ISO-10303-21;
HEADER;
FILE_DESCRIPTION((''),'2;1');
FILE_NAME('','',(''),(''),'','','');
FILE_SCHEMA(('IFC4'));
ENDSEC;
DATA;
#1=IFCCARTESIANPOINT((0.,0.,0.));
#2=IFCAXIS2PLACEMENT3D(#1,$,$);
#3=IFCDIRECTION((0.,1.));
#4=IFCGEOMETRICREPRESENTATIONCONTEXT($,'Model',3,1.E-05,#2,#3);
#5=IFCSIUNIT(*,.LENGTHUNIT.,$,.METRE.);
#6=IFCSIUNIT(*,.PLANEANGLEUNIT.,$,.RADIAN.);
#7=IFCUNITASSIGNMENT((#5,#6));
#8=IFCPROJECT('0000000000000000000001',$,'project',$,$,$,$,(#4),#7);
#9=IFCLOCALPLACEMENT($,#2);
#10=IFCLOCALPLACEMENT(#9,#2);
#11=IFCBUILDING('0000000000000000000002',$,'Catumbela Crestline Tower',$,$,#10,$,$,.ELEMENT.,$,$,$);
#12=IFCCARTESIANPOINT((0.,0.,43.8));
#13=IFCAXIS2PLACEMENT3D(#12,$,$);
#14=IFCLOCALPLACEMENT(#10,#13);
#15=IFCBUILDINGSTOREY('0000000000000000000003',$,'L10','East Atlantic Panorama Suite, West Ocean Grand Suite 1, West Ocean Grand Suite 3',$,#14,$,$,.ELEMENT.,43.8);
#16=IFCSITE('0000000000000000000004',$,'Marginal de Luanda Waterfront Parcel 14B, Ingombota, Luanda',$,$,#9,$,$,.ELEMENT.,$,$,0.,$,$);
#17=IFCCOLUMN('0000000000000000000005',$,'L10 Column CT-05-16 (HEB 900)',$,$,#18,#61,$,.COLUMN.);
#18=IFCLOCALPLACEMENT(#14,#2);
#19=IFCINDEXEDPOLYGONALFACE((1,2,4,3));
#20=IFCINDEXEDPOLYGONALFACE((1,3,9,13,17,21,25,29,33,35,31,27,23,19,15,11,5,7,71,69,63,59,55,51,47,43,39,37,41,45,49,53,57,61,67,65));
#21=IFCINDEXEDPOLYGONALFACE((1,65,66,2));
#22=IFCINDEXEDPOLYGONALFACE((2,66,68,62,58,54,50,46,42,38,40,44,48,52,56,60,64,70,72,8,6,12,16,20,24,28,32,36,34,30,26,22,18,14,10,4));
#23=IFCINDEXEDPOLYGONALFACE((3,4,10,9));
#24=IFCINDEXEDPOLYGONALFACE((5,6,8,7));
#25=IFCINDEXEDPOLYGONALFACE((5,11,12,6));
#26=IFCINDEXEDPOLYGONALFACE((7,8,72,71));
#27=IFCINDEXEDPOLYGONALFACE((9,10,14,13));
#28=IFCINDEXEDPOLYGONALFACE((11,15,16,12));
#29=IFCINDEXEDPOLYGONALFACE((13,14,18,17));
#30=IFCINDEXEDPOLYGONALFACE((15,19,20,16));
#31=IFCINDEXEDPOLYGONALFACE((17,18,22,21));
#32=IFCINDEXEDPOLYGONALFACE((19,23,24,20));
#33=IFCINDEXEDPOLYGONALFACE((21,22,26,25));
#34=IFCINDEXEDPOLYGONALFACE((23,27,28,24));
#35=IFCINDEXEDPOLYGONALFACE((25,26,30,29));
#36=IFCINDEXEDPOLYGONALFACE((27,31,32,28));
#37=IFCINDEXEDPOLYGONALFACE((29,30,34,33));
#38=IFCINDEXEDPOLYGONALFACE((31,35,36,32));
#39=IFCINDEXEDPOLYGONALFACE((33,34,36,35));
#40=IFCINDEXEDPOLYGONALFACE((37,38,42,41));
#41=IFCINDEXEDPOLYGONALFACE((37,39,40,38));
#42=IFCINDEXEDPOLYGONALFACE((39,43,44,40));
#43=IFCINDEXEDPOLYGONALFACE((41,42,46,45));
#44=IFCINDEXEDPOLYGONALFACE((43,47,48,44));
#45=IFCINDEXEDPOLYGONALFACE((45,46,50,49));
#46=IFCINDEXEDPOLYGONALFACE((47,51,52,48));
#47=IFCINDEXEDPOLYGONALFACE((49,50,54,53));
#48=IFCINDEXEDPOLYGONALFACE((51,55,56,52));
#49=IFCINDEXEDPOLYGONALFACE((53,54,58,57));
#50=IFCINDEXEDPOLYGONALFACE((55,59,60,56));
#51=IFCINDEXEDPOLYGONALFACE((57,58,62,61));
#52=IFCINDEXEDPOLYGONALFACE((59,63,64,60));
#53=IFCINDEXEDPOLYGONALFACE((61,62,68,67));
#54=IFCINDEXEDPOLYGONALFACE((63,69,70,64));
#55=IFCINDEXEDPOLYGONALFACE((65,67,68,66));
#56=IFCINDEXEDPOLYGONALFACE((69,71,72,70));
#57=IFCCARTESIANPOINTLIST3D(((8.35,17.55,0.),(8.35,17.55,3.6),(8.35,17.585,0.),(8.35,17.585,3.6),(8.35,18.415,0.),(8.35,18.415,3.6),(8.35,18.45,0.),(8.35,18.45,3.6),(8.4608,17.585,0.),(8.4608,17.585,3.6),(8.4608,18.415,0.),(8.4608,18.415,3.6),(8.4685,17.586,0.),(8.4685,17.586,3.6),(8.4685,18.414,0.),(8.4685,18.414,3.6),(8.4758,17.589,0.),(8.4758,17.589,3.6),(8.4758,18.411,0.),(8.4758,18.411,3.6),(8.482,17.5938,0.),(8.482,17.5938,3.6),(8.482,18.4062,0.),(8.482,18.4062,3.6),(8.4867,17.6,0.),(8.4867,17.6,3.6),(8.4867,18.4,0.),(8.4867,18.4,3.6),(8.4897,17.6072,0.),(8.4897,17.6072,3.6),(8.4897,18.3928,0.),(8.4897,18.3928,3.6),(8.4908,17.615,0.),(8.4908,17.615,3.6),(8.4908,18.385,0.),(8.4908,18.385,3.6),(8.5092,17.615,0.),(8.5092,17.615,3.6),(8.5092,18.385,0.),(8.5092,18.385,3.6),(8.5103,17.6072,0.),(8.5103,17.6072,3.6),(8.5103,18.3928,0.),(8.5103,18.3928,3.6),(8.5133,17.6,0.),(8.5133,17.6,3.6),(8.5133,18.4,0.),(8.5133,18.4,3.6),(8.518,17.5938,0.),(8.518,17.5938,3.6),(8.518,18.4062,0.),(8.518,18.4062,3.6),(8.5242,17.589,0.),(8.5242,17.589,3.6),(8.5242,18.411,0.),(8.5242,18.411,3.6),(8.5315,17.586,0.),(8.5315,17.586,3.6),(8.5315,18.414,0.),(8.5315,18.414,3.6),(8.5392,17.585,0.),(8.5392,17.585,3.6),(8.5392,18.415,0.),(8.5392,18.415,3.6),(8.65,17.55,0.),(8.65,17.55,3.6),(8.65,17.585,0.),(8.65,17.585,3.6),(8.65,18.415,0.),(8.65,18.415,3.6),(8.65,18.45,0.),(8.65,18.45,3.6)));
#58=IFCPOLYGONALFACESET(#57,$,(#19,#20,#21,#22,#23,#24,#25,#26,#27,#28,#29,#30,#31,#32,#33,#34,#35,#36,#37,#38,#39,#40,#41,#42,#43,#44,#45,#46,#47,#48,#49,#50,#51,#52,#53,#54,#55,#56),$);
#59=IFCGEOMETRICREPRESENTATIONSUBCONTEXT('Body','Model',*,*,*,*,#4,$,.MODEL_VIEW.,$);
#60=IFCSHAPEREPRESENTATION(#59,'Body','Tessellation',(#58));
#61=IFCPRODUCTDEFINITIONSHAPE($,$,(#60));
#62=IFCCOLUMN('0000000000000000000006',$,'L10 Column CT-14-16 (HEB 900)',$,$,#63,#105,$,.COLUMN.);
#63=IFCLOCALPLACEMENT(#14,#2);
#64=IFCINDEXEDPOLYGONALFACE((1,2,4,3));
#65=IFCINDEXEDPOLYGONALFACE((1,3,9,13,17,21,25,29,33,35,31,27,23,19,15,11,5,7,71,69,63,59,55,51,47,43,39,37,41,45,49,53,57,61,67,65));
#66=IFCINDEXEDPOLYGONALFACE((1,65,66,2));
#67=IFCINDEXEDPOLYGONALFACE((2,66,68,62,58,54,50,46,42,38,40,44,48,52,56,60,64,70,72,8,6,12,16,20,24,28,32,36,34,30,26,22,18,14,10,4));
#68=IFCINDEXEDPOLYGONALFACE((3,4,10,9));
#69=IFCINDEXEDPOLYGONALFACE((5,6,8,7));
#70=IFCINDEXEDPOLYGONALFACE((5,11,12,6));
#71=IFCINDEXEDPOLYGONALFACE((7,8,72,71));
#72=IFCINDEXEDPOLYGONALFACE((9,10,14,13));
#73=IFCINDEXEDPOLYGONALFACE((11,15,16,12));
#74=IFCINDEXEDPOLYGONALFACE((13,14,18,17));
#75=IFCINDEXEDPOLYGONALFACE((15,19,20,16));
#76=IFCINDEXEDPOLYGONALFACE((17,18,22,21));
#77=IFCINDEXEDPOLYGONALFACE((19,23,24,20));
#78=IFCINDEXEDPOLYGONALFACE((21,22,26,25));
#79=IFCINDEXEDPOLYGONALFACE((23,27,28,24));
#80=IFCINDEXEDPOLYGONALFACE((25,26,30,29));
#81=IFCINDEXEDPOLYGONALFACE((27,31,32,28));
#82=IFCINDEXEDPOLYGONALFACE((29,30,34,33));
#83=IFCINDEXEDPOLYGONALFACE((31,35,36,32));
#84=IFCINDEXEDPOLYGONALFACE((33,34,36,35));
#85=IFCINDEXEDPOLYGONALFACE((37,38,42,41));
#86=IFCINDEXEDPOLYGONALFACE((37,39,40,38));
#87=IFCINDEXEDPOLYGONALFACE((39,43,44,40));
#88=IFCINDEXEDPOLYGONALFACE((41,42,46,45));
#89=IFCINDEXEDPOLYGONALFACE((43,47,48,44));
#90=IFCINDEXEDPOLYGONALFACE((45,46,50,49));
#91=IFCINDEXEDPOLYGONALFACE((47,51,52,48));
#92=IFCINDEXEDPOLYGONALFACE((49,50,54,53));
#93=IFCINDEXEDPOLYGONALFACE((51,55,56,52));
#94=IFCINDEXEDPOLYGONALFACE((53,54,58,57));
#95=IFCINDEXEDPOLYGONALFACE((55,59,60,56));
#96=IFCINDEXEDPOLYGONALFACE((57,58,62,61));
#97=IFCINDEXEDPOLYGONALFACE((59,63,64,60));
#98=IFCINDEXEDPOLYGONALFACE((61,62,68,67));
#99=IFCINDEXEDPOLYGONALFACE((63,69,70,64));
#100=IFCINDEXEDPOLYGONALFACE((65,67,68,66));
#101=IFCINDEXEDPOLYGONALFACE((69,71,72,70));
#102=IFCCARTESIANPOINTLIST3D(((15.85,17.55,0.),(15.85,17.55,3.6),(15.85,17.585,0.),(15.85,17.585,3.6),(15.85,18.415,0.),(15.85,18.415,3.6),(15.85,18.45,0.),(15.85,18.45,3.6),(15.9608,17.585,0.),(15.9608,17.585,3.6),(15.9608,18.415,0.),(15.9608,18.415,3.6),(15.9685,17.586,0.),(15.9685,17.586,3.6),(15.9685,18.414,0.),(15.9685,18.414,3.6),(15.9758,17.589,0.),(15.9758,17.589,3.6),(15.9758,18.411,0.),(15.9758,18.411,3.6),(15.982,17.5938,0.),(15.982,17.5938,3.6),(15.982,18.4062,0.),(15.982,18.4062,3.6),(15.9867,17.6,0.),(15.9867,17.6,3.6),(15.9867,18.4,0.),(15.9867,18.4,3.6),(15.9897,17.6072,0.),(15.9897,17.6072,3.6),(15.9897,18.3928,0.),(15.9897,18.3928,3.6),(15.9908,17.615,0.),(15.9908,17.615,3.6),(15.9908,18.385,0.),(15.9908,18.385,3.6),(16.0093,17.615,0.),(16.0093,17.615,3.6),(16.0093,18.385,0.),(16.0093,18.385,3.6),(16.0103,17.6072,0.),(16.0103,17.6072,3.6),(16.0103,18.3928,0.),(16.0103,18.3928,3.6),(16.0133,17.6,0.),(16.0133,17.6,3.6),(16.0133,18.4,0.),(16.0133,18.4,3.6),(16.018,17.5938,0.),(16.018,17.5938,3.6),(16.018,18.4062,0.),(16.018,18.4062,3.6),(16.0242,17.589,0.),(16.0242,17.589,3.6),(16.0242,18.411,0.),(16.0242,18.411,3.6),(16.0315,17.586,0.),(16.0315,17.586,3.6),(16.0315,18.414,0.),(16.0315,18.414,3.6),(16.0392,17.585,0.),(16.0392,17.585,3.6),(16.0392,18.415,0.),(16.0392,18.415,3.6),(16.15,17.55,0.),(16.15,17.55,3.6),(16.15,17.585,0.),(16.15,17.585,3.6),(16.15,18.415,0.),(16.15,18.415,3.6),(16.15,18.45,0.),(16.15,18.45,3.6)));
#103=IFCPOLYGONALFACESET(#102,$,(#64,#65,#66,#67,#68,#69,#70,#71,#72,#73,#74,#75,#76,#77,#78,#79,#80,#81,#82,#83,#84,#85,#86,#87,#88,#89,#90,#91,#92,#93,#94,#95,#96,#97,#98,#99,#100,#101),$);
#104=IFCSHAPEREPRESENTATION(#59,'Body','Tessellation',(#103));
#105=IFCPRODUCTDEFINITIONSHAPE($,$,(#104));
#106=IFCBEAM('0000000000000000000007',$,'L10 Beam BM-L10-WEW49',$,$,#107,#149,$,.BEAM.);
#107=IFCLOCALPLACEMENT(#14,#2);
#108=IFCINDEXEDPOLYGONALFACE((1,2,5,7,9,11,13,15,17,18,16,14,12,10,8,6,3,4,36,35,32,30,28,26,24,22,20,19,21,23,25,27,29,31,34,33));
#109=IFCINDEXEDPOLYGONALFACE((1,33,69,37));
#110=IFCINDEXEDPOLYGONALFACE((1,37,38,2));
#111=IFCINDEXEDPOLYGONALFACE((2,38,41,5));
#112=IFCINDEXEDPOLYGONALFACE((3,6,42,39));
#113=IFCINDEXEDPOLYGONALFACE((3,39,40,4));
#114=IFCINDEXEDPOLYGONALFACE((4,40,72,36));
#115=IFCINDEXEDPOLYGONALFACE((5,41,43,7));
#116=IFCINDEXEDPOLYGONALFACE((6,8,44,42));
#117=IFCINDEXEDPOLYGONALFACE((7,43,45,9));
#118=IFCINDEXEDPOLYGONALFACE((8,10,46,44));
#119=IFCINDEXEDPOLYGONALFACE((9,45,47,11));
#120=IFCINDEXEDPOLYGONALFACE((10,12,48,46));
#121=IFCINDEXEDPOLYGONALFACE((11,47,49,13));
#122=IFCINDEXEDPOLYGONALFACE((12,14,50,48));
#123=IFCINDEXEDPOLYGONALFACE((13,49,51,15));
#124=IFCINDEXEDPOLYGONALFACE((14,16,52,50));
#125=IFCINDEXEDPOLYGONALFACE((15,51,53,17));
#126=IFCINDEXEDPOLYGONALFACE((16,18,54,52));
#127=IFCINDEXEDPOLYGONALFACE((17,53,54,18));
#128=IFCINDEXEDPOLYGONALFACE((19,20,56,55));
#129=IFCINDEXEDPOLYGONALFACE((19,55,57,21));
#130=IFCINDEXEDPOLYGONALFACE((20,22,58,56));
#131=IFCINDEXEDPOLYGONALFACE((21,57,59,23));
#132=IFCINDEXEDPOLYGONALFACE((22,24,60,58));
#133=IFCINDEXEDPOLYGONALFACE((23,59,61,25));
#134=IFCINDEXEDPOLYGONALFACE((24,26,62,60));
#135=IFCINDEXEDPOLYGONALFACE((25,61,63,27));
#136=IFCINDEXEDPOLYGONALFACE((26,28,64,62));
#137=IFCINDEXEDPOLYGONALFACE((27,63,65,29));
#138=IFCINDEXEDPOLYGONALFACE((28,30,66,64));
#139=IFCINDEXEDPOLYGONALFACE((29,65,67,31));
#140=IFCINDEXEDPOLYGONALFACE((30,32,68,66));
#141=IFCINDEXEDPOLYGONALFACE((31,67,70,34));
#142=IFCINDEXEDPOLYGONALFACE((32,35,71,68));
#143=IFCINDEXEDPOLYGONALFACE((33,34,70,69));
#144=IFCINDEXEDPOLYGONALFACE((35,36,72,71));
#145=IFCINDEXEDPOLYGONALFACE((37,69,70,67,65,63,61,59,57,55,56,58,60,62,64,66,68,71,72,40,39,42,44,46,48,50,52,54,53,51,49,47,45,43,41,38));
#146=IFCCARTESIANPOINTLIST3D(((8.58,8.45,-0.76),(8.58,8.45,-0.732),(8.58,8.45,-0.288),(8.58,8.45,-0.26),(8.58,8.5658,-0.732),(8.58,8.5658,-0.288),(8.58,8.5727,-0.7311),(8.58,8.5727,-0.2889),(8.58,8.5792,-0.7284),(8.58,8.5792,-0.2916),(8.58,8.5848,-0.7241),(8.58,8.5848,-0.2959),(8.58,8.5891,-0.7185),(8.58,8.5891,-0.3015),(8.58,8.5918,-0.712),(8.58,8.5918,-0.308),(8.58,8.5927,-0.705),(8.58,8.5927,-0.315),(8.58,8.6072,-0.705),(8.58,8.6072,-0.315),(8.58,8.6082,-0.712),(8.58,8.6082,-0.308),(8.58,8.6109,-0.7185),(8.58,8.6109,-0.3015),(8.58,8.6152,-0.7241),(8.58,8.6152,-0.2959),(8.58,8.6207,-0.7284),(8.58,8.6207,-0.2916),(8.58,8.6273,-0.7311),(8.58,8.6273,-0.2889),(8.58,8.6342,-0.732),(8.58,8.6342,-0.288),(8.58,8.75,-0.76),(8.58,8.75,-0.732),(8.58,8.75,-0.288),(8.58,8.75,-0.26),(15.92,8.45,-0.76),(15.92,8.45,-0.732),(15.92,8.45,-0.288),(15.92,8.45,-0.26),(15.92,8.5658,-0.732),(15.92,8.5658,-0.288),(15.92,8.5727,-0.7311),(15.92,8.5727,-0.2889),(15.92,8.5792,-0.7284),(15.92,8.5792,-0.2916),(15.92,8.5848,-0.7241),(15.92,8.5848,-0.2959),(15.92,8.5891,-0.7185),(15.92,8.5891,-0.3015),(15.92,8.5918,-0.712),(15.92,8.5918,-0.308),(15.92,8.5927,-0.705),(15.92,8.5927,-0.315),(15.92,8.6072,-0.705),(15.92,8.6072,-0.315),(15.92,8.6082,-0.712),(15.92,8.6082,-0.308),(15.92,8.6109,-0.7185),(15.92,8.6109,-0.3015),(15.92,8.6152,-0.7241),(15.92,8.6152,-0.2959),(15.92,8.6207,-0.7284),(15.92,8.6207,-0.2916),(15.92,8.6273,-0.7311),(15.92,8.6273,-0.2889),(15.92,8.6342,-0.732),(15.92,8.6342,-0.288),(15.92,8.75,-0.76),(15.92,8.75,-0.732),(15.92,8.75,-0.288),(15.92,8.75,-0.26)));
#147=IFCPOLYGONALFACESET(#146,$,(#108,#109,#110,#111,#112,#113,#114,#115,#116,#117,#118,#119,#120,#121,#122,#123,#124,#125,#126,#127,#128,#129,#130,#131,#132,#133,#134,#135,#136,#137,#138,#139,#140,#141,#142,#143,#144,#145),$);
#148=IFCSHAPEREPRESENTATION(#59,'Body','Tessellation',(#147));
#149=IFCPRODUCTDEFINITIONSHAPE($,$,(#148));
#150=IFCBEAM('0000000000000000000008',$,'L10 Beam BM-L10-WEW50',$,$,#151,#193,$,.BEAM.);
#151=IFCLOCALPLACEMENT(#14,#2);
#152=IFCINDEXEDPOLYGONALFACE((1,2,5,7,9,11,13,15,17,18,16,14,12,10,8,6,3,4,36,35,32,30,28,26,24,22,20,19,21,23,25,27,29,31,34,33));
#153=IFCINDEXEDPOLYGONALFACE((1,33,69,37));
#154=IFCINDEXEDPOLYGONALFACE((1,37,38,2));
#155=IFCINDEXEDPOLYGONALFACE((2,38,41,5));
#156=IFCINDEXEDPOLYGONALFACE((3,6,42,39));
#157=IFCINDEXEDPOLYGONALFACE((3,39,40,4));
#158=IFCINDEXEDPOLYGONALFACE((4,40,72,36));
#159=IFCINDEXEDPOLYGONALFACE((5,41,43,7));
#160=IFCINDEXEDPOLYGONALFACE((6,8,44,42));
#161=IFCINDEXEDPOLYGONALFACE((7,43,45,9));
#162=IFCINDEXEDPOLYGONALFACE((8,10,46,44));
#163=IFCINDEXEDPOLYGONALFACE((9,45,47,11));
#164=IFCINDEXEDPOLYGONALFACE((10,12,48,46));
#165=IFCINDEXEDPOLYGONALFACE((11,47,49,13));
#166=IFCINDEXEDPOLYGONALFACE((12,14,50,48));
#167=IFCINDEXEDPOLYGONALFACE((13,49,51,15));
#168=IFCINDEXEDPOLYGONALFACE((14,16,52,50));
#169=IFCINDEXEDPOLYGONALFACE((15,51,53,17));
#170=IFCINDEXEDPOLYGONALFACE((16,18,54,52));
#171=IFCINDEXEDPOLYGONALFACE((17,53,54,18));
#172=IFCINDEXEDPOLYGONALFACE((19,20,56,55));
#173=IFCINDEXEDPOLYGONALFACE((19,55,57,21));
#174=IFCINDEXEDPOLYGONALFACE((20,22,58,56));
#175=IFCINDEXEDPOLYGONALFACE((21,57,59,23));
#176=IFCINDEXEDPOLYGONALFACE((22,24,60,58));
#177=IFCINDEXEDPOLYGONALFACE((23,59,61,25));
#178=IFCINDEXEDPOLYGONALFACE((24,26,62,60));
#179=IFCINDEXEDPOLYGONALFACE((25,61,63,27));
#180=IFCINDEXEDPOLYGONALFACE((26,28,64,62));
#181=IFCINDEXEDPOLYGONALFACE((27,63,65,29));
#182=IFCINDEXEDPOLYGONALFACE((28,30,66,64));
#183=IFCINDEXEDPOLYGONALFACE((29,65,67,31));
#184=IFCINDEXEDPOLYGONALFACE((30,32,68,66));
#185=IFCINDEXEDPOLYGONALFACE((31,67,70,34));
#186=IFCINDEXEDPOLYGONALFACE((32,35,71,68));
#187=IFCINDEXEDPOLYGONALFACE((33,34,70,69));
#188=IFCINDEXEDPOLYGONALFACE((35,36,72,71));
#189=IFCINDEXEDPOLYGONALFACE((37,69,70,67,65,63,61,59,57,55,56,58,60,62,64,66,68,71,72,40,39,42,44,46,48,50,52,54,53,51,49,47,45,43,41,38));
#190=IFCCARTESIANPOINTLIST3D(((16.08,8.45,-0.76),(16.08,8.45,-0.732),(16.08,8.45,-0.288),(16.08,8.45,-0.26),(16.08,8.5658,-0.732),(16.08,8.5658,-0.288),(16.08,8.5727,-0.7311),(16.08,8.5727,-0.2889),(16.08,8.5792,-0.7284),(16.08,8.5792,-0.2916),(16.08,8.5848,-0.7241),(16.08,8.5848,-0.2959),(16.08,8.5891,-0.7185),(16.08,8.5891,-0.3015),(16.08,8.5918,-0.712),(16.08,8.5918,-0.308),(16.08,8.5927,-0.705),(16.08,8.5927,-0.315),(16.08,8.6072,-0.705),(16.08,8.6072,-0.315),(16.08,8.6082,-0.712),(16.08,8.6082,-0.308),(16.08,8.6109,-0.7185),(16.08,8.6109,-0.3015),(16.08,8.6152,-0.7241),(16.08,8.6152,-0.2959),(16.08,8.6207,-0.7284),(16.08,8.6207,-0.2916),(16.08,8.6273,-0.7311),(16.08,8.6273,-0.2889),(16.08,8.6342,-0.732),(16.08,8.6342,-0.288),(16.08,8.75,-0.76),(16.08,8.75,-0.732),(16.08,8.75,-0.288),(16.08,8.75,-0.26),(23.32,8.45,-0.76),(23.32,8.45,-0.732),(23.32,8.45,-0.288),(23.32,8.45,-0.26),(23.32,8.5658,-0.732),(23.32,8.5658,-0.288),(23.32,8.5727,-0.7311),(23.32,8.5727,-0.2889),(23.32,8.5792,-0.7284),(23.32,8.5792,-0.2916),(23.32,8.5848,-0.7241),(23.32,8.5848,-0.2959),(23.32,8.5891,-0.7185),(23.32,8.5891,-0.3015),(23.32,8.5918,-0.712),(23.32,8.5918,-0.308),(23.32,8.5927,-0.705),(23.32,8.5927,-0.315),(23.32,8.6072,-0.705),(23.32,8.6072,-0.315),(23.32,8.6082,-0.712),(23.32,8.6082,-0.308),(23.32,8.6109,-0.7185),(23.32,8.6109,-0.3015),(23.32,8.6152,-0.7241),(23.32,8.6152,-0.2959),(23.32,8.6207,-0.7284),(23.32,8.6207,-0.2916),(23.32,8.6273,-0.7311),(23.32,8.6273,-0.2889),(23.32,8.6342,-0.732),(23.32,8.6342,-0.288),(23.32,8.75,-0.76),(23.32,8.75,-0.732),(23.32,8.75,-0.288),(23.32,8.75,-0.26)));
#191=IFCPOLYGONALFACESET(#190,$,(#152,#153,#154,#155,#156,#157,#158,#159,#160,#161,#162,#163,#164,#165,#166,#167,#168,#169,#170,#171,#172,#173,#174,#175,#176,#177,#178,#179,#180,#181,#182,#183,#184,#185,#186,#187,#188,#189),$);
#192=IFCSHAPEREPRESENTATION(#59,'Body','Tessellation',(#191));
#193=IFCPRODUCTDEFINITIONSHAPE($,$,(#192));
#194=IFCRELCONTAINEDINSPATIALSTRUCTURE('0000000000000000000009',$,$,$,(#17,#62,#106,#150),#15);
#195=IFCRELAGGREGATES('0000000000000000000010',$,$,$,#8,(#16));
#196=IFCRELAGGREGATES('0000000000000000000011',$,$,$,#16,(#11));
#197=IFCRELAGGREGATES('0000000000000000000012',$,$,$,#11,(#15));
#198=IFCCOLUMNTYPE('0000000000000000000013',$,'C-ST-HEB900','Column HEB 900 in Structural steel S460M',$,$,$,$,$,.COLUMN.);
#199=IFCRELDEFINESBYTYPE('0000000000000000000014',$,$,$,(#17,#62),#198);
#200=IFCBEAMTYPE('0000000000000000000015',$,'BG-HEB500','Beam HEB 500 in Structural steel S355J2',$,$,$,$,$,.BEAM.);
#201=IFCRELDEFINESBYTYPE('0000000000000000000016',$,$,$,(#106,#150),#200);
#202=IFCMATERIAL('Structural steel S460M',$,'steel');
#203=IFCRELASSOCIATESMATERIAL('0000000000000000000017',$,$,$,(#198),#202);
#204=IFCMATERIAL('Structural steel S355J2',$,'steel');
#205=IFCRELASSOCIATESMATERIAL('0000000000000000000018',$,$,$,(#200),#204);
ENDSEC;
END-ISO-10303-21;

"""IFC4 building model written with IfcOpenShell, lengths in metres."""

from ifc_helpers import new_model, si_unit, direction, frame, origin, origin_2d, place, context, subcontext, project, spatial, i_section, extrude, material, material_profile, profile_set, type_object, element, save


model = new_model("IFC4")

# Units and contexts
model_context = context("Model", 3, precision=1e-05, world=origin(), true_north=direction((0.0, 1.0)))
body_context = subcontext(model_context, "Body", "Model", "MODEL_VIEW")
ifc_project = project(units=[si_unit("LENGTHUNIT", "METRE"), si_unit("PLANEANGLEUNIT", "RADIAN")], contexts=[model_context])

# Site, building, storey
site_placement = place(None, origin())
site = spatial("IfcSite", under=ifc_project, at=site_placement, Name="Marginal de Luanda Waterfront Parcel 14B, Ingombota, Luanda", CompositionType="ELEMENT", RefElevation=0.0)
building_placement = place(site_placement, origin())
building = spatial("IfcBuilding", under=site, at=building_placement, Name="Catumbela Crestline Tower", CompositionType="ELEMENT")
storey_placement = place(building_placement, frame((0.0, 0.0, 43.8)))
storey = spatial("IfcBuildingStorey", under=building, at=storey_placement, Name="L10", Description="East Atlantic Panorama Suite, West Ocean Grand Suite 1, West Ocean Grand Suite 3", CompositionType="ELEMENT", Elevation=43.8)

# Columns
ifc_material_1 = material(Name="Structural steel S460M", Category="steel")
ifc_material_profile_1 = material_profile(ifc_material_1, i_section(OverallWidth=0.3, OverallDepth=0.9, WebThickness=0.0185, FlangeThickness=0.035, FilletRadius=0.03, at=origin_2d()), Name="HEB 900")
ifc_profile_set_1 = profile_set([ifc_material_profile_1], Name="Structural steel S460M")
column_type = type_object("IfcColumnType", Name="C-ST-HEB900", Description="Column HEB 900 in Structural steel S460M", PredefinedType="COLUMN", material=ifc_profile_set_1)
for number, where, z_axis, x_axis, name in (
    (1, (8.5, 18.0, 0.0), (0.0, 0.0, 1.0), (1.0, 0.0, 0.0), "L10 Column CT-05-16 (HEB 900)"),
    (2, (16.0, 18.0, 0.0), (0.0, 0.0, 1.0), (1.0, 0.0, 0.0), "L10 Column CT-14-16 (HEB 900)"),
):
    element("IfcColumn", number, at=place(storey_placement, frame(where, z_axis=z_axis, x_axis=x_axis)), inside=storey, type_object=column_type, Name=name, PredefinedType="COLUMN", context=body_context, shape_type="SweptSolid", body=[
        extrude(i_section(OverallWidth=0.3, OverallDepth=0.9, WebThickness=0.0185, FlangeThickness=0.035, FilletRadius=0.03, at=origin_2d()), origin(), (0.0, 0.0, 1.0), 3.6),
    ])

# Beams
ifc_material_2 = material(Name="Structural steel S355J2", Category="steel")
ifc_material_profile_2 = material_profile(ifc_material_2, i_section(OverallWidth=0.3, OverallDepth=0.5, WebThickness=0.0145, FlangeThickness=0.028, FilletRadius=0.027, at=origin_2d()), Name="HEB 500")
ifc_profile_set_2 = profile_set([ifc_material_profile_2], Name="Structural steel S355J2")
beam_type_1 = type_object("IfcBeamType", Name="BG-HEB500", Description="Beam HEB 500 in Structural steel S355J2", PredefinedType="BEAM", material=ifc_profile_set_2)
beam_1_placement = place(storey_placement, frame((8.58, 8.6, -0.51), z_axis=(1.0, 0.0, 0.0), x_axis=(0.0, 1.0, 0.0)))
element("IfcBeam", 3, at=beam_1_placement, inside=storey, type_object=beam_type_1, Name="L10 Beam BM-L10-WEW49", PredefinedType="BEAM", context=body_context, shape_type="SweptSolid", body=[
    extrude(i_section(OverallWidth=0.3, OverallDepth=0.5, WebThickness=0.0145, FlangeThickness=0.028, FilletRadius=0.027, at=origin_2d()), origin(), (0.0, 0.0, 1.0), 7.34),
])
beam_2_placement = place(storey_placement, frame((16.08, 8.6, -0.51), z_axis=(1.0, 0.0, 0.0), x_axis=(0.0, 1.0, 0.0)))
element("IfcBeam", 4, at=beam_2_placement, inside=storey, type_object=beam_type_1, Name="L10 Beam BM-L10-WEW50", PredefinedType="BEAM", context=body_context, shape_type="SweptSolid", body=[
    extrude(i_section(OverallWidth=0.3, OverallDepth=0.5, WebThickness=0.0145, FlangeThickness=0.028, FilletRadius=0.027, at=origin_2d()), origin(), (0.0, 0.0, 1.0), 7.24),
])

save(model, "model.ifc")
